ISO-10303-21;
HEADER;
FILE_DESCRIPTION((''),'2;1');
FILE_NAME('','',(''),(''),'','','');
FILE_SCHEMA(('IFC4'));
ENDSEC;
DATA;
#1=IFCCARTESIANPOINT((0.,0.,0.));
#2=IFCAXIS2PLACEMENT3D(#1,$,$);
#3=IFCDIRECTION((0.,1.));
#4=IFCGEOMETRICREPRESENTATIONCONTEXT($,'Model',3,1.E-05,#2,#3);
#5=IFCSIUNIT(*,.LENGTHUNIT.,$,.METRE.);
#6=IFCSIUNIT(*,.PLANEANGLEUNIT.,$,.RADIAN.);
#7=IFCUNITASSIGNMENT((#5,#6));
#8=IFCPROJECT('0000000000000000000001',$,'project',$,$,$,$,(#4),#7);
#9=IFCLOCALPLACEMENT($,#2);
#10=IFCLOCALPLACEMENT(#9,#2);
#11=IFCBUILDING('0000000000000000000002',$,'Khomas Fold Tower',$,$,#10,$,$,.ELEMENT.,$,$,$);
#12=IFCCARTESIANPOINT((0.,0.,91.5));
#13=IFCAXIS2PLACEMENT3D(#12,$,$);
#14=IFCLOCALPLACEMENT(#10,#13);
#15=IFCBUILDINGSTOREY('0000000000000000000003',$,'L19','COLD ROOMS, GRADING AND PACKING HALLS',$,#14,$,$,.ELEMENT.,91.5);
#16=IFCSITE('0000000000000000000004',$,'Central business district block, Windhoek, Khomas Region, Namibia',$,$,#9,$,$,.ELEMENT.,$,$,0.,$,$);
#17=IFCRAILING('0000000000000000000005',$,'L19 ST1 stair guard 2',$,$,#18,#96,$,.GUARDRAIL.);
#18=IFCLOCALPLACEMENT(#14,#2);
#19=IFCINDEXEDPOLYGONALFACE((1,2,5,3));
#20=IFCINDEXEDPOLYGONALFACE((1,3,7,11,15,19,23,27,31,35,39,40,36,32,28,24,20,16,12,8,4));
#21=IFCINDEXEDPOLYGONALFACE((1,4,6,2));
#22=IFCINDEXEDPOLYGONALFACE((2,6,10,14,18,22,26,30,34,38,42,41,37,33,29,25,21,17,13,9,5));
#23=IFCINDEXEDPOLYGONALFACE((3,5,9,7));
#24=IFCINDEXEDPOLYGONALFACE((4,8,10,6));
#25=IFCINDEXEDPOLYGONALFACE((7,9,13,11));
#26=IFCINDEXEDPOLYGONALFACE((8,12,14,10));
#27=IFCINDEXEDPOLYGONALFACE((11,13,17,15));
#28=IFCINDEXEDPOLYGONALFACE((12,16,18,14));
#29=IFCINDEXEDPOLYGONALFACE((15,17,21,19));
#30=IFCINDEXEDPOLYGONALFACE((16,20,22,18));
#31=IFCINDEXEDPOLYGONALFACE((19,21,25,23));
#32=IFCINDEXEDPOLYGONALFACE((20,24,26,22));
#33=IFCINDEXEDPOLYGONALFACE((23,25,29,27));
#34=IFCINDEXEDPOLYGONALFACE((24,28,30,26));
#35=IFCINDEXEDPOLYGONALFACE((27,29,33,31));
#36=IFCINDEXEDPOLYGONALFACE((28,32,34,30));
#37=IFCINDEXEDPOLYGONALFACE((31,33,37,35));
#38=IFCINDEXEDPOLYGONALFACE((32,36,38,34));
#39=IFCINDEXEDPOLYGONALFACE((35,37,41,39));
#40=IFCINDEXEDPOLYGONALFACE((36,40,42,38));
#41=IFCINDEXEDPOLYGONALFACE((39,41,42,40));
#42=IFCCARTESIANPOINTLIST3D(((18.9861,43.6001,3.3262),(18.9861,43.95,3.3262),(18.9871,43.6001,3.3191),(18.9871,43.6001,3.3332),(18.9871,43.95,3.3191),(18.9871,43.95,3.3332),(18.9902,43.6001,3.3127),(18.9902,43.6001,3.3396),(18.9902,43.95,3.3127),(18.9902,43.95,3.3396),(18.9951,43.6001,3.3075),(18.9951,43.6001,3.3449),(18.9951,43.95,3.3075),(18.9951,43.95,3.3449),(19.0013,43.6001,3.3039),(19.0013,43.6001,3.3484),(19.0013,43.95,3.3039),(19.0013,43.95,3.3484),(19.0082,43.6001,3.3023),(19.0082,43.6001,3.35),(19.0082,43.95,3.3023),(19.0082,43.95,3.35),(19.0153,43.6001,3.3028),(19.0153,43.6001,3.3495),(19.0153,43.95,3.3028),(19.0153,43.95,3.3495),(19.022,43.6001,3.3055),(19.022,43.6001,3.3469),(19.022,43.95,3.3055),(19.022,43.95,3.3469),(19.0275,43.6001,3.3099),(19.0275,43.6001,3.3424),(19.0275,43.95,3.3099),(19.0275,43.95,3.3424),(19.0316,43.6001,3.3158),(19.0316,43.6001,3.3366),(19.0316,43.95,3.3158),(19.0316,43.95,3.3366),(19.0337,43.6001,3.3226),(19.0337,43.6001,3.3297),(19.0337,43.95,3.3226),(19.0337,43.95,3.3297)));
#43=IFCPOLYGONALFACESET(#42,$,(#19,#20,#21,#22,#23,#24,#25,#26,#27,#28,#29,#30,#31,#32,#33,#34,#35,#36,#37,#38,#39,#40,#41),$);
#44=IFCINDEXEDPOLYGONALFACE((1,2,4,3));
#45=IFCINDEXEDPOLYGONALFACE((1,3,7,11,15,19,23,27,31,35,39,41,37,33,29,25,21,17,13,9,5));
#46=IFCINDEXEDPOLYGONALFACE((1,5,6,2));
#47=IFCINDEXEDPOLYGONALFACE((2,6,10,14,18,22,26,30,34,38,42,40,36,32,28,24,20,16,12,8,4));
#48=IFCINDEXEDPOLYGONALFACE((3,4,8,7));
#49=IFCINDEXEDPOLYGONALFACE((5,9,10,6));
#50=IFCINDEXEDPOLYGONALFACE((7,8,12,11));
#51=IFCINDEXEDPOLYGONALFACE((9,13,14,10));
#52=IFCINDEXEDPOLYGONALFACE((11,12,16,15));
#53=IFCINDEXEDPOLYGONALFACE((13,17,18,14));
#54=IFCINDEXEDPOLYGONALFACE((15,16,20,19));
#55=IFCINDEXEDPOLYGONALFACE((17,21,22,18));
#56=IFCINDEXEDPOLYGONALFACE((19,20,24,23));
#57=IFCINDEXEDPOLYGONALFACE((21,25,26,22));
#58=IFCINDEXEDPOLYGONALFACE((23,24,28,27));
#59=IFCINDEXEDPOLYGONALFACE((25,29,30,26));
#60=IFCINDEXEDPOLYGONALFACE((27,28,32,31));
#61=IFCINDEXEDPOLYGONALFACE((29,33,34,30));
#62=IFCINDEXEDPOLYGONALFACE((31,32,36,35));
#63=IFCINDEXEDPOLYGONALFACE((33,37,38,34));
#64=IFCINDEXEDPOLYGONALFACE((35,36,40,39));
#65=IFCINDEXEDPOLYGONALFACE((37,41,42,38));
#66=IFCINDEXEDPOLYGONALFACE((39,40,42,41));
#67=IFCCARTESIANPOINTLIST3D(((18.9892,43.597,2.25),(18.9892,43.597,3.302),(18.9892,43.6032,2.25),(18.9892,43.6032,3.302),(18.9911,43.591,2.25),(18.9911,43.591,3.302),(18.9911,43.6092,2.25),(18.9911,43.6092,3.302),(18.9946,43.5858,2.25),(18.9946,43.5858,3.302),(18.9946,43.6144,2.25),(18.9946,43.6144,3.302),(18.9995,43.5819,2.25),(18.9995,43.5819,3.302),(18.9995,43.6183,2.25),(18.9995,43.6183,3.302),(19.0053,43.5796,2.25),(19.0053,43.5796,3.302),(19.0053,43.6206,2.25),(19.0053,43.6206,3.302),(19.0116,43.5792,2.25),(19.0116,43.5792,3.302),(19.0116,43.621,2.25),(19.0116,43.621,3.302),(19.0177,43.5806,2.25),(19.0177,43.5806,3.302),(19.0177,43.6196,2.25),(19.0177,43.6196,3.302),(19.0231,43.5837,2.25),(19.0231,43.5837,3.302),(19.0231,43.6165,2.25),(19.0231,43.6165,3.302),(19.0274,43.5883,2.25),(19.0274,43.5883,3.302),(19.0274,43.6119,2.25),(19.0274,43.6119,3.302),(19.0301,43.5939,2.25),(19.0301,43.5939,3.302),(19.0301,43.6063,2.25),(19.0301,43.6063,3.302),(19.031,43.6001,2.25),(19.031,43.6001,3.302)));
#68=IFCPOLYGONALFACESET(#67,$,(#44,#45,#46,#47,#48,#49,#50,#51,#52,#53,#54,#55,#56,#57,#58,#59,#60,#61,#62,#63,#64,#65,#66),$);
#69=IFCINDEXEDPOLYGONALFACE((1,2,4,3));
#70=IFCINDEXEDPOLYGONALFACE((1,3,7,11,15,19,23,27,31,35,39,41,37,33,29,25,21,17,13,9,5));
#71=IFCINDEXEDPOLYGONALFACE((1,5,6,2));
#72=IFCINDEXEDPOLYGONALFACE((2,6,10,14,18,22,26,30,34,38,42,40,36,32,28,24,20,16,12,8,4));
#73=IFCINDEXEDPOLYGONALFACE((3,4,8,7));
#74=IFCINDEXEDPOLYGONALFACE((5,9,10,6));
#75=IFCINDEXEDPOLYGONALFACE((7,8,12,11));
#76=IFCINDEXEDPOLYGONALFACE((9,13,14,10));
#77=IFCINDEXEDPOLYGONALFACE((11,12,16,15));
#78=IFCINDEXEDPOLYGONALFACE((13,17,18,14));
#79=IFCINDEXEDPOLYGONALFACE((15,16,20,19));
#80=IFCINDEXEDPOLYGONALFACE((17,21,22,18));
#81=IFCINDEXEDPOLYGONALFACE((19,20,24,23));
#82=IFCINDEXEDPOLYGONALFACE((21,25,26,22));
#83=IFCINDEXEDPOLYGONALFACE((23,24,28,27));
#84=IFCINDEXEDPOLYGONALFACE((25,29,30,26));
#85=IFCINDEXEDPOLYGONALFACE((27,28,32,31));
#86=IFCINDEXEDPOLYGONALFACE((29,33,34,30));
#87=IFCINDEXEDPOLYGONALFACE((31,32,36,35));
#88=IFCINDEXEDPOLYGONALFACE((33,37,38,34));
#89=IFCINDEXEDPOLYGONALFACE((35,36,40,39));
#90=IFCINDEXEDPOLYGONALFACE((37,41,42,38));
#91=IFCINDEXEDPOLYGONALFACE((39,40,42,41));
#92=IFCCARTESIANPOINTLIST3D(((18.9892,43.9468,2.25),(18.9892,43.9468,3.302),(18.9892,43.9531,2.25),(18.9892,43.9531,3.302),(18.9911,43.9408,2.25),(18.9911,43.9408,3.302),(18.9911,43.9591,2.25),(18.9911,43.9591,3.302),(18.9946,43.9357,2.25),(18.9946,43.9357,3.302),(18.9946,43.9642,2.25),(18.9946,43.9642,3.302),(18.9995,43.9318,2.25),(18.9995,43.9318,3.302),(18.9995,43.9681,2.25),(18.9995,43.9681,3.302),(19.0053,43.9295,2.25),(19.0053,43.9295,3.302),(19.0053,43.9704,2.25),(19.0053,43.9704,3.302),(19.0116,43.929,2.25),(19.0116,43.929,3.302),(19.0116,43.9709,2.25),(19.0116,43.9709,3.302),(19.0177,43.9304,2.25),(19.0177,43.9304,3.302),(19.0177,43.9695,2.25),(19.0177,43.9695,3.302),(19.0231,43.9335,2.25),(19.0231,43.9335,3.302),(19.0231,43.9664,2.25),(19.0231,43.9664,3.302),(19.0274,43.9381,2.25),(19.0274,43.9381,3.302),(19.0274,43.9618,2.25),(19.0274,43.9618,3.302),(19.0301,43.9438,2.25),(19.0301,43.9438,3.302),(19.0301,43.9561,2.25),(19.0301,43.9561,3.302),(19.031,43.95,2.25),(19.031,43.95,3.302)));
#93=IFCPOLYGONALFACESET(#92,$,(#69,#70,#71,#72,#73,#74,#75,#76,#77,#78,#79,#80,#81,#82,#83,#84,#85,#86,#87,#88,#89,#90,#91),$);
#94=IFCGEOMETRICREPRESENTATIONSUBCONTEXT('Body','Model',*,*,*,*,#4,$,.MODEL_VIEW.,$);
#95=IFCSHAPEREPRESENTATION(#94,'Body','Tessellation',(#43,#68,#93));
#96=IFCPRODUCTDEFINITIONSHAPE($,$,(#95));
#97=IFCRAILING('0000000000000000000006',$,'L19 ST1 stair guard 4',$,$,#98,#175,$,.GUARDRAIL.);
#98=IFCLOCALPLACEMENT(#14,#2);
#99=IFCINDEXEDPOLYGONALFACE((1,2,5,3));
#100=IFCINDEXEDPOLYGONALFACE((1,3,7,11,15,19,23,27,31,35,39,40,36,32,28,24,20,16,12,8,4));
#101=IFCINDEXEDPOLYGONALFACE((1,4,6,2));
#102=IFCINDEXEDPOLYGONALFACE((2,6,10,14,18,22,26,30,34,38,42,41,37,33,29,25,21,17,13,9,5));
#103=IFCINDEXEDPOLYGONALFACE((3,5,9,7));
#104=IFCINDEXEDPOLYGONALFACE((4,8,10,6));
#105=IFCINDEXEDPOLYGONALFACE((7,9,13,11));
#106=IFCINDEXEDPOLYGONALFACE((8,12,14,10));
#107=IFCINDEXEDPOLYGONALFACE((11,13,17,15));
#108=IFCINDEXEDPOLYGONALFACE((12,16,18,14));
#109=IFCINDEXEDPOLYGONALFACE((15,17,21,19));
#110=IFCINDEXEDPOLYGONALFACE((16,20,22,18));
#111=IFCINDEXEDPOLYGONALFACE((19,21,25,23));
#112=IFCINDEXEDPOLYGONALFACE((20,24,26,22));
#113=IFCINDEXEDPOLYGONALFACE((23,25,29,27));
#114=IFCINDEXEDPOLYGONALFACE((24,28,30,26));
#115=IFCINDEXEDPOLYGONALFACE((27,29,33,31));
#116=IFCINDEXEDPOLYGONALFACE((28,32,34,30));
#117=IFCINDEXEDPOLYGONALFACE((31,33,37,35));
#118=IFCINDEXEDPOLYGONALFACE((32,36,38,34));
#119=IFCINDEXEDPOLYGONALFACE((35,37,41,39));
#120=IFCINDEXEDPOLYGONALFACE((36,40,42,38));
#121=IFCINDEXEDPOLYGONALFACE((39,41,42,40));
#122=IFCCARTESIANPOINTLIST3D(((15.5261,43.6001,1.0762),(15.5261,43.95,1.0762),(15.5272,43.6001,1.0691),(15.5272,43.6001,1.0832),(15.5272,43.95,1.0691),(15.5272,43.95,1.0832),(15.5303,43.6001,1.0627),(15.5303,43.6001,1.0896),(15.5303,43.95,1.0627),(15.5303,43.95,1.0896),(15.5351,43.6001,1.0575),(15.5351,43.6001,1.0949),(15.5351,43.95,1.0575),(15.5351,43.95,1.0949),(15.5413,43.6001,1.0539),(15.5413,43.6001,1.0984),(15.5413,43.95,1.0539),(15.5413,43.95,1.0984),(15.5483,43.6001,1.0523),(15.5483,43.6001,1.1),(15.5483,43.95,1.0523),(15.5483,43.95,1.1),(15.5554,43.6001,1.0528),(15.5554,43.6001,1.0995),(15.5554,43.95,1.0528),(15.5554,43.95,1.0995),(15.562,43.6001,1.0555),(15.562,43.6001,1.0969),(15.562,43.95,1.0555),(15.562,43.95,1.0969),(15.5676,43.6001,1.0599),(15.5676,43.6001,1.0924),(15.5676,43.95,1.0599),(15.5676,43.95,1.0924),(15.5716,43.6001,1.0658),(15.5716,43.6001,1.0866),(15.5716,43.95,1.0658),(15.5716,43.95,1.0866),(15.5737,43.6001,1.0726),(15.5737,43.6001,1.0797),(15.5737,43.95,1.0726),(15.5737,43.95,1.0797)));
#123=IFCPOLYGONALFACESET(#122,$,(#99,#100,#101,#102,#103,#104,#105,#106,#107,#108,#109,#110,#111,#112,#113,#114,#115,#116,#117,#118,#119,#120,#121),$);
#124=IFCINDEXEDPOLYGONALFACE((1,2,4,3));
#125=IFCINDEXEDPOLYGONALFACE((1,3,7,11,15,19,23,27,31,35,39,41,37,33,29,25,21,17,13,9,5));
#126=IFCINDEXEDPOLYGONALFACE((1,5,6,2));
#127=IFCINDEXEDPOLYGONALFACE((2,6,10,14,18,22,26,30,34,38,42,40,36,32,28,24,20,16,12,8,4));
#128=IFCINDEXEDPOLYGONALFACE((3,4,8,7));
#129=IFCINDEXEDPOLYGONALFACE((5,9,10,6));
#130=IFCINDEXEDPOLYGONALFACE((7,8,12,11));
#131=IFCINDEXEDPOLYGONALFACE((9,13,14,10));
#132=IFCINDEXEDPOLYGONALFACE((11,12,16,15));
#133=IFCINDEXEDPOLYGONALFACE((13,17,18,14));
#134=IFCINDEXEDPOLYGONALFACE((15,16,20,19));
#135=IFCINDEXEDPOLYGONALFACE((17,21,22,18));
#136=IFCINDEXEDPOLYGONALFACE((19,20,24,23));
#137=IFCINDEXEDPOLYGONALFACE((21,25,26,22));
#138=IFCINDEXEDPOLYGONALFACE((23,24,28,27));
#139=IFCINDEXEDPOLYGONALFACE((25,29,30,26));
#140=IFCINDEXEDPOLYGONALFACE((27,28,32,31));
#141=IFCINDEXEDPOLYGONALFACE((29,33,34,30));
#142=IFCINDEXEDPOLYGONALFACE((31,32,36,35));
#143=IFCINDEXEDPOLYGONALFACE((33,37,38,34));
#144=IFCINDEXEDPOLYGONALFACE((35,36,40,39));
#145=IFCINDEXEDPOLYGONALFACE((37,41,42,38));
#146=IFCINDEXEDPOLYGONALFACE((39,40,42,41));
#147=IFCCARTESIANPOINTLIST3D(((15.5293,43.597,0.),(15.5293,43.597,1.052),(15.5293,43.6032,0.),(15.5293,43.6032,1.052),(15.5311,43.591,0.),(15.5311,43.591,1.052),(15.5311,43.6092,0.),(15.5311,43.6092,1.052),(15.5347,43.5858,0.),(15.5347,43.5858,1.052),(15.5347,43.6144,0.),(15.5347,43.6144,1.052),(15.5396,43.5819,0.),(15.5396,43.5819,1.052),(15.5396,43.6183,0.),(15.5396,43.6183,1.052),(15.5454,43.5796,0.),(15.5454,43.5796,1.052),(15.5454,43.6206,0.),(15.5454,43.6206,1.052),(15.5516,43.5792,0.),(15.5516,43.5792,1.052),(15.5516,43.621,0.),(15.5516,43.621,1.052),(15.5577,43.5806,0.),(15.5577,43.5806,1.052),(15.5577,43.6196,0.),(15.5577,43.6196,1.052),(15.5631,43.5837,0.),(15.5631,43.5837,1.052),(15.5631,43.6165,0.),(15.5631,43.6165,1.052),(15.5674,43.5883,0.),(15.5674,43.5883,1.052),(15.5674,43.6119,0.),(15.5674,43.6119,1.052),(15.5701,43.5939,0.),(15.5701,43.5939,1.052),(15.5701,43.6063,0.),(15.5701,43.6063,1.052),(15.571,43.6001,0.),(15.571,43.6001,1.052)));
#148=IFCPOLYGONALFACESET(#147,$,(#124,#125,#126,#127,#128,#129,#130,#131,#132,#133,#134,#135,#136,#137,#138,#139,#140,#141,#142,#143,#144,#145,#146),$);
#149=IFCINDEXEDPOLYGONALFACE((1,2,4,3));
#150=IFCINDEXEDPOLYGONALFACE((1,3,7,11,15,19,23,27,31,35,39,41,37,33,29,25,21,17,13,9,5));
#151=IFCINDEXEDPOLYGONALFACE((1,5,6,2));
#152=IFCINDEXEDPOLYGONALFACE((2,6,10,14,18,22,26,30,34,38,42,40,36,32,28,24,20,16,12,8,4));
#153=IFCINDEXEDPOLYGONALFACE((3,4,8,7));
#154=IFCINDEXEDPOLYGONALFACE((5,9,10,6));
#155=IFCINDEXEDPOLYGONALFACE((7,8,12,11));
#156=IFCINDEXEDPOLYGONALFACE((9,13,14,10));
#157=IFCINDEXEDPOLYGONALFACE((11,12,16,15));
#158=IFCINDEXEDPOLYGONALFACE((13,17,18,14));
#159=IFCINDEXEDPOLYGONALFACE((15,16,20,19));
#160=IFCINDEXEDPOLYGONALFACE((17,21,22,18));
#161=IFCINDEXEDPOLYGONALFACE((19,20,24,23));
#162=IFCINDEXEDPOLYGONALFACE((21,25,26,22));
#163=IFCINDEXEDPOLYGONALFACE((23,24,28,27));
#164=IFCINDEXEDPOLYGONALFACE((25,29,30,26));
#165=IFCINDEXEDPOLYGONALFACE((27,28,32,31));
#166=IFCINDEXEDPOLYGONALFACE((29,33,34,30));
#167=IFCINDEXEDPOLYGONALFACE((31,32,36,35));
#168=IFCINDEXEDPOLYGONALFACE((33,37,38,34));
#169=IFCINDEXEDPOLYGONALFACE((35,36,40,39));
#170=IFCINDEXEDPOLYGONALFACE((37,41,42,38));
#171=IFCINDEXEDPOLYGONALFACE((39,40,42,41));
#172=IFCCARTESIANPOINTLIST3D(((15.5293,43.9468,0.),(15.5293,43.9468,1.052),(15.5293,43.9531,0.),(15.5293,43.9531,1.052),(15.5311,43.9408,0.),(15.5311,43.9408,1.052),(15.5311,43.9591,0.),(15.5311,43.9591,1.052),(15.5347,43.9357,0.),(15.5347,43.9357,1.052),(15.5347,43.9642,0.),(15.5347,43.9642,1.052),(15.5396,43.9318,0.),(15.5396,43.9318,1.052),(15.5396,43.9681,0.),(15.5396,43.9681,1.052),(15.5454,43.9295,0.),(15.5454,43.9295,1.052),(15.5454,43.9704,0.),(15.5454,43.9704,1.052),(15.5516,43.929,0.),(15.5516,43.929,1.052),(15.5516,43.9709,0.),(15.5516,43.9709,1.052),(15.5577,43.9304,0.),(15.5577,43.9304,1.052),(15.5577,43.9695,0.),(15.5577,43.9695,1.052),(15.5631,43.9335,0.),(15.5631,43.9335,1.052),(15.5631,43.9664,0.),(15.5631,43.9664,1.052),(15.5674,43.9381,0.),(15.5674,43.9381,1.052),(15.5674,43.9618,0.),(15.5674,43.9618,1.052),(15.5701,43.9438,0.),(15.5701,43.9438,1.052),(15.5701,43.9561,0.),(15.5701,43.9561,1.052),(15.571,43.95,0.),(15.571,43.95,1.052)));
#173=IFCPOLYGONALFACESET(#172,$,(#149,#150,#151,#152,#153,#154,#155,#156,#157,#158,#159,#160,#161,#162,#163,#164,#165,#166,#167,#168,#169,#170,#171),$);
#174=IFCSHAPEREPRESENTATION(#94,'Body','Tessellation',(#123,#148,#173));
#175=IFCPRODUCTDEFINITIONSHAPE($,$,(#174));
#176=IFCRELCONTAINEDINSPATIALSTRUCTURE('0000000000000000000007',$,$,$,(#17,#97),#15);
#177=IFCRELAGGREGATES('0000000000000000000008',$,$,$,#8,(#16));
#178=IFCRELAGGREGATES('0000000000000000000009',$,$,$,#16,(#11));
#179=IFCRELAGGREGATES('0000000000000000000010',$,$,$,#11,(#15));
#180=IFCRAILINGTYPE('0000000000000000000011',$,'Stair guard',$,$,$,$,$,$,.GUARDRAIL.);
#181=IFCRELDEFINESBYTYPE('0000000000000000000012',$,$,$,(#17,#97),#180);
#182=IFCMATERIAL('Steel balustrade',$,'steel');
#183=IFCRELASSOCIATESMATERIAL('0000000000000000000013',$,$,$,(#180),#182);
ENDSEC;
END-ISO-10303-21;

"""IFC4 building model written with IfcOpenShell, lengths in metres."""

from ifc_helpers import new_model, si_unit, direction, frame, origin, origin_2d, place, context, subcontext, project, spatial, circle, extrude, source, transform, mapped, material, type_object, element, save


model = new_model("IFC4")

# Units and contexts
model_context = context("Model", 3, precision=1e-05, world=origin(), true_north=direction((0.0, 1.0)))
body_context = subcontext(model_context, "Body", "Model", "MODEL_VIEW")
ifc_project = project(units=[si_unit("LENGTHUNIT", "METRE"), si_unit("PLANEANGLEUNIT", "RADIAN")], contexts=[model_context])

# Site, building, storey
site_placement = place(None, origin())
site = spatial("IfcSite", under=ifc_project, at=site_placement, Name="Central business district block, Windhoek, Khomas Region, Namibia", CompositionType="ELEMENT", RefElevation=0.0)
building_placement = place(site_placement, origin())
building = spatial("IfcBuilding", under=site, at=building_placement, Name="Khomas Fold Tower", CompositionType="ELEMENT")
storey_placement = place(building_placement, frame((0.0, 0.0, 91.5)))
storey = spatial("IfcBuildingStorey", under=building, at=storey_placement, Name="L19", Description="COLD ROOMS, GRADING AND PACKING HALLS", CompositionType="ELEMENT", Elevation=91.5)

# Railings
ifc_material_1 = material(Name="Steel balustrade", Category="steel")
railing_type_1 = type_object("IfcRailingType", Name="Stair guard", PredefinedType="GUARDRAIL", material=ifc_material_1)
shared_shape_1 = source(origin(), body_context, "Body", "SweptSolid", [
    extrude(circle(Radius=0.0239, at=origin_2d()), frame((0.0, 0.0, 1.0762), z_axis=(0.0, 1.0, 0.0), x_axis=(-1.0, 0.0, 0.0)), (0.0, 0.0, 1.0), 0.3499),
    extrude(circle(Radius=0.021, at=origin_2d()), origin(), (0.0, 0.0, 1.0), 1.052),
    extrude(circle(Radius=0.021, at=origin_2d()), frame((0.0, 0.3499, 0.0)), (0.0, 0.0, 1.0), 1.052),
])
for number, where, name in (
    (1, (19.01, 43.6001, 2.25), "L19 ST1 stair guard 2"),
    (2, (15.55, 43.6001, 0.0), "L19 ST1 stair guard 4"),
):
    element("IfcRailing", number, at=place(storey_placement, frame(where)), inside=storey, type_object=railing_type_1, Name=name, PredefinedType="GUARDRAIL", context=body_context, shape_type="MappedRepresentation", body=[
        mapped(shared_shape_1, transform((0.0, 0.0, 0.0))),
    ])

save(model, "model.ifc")
